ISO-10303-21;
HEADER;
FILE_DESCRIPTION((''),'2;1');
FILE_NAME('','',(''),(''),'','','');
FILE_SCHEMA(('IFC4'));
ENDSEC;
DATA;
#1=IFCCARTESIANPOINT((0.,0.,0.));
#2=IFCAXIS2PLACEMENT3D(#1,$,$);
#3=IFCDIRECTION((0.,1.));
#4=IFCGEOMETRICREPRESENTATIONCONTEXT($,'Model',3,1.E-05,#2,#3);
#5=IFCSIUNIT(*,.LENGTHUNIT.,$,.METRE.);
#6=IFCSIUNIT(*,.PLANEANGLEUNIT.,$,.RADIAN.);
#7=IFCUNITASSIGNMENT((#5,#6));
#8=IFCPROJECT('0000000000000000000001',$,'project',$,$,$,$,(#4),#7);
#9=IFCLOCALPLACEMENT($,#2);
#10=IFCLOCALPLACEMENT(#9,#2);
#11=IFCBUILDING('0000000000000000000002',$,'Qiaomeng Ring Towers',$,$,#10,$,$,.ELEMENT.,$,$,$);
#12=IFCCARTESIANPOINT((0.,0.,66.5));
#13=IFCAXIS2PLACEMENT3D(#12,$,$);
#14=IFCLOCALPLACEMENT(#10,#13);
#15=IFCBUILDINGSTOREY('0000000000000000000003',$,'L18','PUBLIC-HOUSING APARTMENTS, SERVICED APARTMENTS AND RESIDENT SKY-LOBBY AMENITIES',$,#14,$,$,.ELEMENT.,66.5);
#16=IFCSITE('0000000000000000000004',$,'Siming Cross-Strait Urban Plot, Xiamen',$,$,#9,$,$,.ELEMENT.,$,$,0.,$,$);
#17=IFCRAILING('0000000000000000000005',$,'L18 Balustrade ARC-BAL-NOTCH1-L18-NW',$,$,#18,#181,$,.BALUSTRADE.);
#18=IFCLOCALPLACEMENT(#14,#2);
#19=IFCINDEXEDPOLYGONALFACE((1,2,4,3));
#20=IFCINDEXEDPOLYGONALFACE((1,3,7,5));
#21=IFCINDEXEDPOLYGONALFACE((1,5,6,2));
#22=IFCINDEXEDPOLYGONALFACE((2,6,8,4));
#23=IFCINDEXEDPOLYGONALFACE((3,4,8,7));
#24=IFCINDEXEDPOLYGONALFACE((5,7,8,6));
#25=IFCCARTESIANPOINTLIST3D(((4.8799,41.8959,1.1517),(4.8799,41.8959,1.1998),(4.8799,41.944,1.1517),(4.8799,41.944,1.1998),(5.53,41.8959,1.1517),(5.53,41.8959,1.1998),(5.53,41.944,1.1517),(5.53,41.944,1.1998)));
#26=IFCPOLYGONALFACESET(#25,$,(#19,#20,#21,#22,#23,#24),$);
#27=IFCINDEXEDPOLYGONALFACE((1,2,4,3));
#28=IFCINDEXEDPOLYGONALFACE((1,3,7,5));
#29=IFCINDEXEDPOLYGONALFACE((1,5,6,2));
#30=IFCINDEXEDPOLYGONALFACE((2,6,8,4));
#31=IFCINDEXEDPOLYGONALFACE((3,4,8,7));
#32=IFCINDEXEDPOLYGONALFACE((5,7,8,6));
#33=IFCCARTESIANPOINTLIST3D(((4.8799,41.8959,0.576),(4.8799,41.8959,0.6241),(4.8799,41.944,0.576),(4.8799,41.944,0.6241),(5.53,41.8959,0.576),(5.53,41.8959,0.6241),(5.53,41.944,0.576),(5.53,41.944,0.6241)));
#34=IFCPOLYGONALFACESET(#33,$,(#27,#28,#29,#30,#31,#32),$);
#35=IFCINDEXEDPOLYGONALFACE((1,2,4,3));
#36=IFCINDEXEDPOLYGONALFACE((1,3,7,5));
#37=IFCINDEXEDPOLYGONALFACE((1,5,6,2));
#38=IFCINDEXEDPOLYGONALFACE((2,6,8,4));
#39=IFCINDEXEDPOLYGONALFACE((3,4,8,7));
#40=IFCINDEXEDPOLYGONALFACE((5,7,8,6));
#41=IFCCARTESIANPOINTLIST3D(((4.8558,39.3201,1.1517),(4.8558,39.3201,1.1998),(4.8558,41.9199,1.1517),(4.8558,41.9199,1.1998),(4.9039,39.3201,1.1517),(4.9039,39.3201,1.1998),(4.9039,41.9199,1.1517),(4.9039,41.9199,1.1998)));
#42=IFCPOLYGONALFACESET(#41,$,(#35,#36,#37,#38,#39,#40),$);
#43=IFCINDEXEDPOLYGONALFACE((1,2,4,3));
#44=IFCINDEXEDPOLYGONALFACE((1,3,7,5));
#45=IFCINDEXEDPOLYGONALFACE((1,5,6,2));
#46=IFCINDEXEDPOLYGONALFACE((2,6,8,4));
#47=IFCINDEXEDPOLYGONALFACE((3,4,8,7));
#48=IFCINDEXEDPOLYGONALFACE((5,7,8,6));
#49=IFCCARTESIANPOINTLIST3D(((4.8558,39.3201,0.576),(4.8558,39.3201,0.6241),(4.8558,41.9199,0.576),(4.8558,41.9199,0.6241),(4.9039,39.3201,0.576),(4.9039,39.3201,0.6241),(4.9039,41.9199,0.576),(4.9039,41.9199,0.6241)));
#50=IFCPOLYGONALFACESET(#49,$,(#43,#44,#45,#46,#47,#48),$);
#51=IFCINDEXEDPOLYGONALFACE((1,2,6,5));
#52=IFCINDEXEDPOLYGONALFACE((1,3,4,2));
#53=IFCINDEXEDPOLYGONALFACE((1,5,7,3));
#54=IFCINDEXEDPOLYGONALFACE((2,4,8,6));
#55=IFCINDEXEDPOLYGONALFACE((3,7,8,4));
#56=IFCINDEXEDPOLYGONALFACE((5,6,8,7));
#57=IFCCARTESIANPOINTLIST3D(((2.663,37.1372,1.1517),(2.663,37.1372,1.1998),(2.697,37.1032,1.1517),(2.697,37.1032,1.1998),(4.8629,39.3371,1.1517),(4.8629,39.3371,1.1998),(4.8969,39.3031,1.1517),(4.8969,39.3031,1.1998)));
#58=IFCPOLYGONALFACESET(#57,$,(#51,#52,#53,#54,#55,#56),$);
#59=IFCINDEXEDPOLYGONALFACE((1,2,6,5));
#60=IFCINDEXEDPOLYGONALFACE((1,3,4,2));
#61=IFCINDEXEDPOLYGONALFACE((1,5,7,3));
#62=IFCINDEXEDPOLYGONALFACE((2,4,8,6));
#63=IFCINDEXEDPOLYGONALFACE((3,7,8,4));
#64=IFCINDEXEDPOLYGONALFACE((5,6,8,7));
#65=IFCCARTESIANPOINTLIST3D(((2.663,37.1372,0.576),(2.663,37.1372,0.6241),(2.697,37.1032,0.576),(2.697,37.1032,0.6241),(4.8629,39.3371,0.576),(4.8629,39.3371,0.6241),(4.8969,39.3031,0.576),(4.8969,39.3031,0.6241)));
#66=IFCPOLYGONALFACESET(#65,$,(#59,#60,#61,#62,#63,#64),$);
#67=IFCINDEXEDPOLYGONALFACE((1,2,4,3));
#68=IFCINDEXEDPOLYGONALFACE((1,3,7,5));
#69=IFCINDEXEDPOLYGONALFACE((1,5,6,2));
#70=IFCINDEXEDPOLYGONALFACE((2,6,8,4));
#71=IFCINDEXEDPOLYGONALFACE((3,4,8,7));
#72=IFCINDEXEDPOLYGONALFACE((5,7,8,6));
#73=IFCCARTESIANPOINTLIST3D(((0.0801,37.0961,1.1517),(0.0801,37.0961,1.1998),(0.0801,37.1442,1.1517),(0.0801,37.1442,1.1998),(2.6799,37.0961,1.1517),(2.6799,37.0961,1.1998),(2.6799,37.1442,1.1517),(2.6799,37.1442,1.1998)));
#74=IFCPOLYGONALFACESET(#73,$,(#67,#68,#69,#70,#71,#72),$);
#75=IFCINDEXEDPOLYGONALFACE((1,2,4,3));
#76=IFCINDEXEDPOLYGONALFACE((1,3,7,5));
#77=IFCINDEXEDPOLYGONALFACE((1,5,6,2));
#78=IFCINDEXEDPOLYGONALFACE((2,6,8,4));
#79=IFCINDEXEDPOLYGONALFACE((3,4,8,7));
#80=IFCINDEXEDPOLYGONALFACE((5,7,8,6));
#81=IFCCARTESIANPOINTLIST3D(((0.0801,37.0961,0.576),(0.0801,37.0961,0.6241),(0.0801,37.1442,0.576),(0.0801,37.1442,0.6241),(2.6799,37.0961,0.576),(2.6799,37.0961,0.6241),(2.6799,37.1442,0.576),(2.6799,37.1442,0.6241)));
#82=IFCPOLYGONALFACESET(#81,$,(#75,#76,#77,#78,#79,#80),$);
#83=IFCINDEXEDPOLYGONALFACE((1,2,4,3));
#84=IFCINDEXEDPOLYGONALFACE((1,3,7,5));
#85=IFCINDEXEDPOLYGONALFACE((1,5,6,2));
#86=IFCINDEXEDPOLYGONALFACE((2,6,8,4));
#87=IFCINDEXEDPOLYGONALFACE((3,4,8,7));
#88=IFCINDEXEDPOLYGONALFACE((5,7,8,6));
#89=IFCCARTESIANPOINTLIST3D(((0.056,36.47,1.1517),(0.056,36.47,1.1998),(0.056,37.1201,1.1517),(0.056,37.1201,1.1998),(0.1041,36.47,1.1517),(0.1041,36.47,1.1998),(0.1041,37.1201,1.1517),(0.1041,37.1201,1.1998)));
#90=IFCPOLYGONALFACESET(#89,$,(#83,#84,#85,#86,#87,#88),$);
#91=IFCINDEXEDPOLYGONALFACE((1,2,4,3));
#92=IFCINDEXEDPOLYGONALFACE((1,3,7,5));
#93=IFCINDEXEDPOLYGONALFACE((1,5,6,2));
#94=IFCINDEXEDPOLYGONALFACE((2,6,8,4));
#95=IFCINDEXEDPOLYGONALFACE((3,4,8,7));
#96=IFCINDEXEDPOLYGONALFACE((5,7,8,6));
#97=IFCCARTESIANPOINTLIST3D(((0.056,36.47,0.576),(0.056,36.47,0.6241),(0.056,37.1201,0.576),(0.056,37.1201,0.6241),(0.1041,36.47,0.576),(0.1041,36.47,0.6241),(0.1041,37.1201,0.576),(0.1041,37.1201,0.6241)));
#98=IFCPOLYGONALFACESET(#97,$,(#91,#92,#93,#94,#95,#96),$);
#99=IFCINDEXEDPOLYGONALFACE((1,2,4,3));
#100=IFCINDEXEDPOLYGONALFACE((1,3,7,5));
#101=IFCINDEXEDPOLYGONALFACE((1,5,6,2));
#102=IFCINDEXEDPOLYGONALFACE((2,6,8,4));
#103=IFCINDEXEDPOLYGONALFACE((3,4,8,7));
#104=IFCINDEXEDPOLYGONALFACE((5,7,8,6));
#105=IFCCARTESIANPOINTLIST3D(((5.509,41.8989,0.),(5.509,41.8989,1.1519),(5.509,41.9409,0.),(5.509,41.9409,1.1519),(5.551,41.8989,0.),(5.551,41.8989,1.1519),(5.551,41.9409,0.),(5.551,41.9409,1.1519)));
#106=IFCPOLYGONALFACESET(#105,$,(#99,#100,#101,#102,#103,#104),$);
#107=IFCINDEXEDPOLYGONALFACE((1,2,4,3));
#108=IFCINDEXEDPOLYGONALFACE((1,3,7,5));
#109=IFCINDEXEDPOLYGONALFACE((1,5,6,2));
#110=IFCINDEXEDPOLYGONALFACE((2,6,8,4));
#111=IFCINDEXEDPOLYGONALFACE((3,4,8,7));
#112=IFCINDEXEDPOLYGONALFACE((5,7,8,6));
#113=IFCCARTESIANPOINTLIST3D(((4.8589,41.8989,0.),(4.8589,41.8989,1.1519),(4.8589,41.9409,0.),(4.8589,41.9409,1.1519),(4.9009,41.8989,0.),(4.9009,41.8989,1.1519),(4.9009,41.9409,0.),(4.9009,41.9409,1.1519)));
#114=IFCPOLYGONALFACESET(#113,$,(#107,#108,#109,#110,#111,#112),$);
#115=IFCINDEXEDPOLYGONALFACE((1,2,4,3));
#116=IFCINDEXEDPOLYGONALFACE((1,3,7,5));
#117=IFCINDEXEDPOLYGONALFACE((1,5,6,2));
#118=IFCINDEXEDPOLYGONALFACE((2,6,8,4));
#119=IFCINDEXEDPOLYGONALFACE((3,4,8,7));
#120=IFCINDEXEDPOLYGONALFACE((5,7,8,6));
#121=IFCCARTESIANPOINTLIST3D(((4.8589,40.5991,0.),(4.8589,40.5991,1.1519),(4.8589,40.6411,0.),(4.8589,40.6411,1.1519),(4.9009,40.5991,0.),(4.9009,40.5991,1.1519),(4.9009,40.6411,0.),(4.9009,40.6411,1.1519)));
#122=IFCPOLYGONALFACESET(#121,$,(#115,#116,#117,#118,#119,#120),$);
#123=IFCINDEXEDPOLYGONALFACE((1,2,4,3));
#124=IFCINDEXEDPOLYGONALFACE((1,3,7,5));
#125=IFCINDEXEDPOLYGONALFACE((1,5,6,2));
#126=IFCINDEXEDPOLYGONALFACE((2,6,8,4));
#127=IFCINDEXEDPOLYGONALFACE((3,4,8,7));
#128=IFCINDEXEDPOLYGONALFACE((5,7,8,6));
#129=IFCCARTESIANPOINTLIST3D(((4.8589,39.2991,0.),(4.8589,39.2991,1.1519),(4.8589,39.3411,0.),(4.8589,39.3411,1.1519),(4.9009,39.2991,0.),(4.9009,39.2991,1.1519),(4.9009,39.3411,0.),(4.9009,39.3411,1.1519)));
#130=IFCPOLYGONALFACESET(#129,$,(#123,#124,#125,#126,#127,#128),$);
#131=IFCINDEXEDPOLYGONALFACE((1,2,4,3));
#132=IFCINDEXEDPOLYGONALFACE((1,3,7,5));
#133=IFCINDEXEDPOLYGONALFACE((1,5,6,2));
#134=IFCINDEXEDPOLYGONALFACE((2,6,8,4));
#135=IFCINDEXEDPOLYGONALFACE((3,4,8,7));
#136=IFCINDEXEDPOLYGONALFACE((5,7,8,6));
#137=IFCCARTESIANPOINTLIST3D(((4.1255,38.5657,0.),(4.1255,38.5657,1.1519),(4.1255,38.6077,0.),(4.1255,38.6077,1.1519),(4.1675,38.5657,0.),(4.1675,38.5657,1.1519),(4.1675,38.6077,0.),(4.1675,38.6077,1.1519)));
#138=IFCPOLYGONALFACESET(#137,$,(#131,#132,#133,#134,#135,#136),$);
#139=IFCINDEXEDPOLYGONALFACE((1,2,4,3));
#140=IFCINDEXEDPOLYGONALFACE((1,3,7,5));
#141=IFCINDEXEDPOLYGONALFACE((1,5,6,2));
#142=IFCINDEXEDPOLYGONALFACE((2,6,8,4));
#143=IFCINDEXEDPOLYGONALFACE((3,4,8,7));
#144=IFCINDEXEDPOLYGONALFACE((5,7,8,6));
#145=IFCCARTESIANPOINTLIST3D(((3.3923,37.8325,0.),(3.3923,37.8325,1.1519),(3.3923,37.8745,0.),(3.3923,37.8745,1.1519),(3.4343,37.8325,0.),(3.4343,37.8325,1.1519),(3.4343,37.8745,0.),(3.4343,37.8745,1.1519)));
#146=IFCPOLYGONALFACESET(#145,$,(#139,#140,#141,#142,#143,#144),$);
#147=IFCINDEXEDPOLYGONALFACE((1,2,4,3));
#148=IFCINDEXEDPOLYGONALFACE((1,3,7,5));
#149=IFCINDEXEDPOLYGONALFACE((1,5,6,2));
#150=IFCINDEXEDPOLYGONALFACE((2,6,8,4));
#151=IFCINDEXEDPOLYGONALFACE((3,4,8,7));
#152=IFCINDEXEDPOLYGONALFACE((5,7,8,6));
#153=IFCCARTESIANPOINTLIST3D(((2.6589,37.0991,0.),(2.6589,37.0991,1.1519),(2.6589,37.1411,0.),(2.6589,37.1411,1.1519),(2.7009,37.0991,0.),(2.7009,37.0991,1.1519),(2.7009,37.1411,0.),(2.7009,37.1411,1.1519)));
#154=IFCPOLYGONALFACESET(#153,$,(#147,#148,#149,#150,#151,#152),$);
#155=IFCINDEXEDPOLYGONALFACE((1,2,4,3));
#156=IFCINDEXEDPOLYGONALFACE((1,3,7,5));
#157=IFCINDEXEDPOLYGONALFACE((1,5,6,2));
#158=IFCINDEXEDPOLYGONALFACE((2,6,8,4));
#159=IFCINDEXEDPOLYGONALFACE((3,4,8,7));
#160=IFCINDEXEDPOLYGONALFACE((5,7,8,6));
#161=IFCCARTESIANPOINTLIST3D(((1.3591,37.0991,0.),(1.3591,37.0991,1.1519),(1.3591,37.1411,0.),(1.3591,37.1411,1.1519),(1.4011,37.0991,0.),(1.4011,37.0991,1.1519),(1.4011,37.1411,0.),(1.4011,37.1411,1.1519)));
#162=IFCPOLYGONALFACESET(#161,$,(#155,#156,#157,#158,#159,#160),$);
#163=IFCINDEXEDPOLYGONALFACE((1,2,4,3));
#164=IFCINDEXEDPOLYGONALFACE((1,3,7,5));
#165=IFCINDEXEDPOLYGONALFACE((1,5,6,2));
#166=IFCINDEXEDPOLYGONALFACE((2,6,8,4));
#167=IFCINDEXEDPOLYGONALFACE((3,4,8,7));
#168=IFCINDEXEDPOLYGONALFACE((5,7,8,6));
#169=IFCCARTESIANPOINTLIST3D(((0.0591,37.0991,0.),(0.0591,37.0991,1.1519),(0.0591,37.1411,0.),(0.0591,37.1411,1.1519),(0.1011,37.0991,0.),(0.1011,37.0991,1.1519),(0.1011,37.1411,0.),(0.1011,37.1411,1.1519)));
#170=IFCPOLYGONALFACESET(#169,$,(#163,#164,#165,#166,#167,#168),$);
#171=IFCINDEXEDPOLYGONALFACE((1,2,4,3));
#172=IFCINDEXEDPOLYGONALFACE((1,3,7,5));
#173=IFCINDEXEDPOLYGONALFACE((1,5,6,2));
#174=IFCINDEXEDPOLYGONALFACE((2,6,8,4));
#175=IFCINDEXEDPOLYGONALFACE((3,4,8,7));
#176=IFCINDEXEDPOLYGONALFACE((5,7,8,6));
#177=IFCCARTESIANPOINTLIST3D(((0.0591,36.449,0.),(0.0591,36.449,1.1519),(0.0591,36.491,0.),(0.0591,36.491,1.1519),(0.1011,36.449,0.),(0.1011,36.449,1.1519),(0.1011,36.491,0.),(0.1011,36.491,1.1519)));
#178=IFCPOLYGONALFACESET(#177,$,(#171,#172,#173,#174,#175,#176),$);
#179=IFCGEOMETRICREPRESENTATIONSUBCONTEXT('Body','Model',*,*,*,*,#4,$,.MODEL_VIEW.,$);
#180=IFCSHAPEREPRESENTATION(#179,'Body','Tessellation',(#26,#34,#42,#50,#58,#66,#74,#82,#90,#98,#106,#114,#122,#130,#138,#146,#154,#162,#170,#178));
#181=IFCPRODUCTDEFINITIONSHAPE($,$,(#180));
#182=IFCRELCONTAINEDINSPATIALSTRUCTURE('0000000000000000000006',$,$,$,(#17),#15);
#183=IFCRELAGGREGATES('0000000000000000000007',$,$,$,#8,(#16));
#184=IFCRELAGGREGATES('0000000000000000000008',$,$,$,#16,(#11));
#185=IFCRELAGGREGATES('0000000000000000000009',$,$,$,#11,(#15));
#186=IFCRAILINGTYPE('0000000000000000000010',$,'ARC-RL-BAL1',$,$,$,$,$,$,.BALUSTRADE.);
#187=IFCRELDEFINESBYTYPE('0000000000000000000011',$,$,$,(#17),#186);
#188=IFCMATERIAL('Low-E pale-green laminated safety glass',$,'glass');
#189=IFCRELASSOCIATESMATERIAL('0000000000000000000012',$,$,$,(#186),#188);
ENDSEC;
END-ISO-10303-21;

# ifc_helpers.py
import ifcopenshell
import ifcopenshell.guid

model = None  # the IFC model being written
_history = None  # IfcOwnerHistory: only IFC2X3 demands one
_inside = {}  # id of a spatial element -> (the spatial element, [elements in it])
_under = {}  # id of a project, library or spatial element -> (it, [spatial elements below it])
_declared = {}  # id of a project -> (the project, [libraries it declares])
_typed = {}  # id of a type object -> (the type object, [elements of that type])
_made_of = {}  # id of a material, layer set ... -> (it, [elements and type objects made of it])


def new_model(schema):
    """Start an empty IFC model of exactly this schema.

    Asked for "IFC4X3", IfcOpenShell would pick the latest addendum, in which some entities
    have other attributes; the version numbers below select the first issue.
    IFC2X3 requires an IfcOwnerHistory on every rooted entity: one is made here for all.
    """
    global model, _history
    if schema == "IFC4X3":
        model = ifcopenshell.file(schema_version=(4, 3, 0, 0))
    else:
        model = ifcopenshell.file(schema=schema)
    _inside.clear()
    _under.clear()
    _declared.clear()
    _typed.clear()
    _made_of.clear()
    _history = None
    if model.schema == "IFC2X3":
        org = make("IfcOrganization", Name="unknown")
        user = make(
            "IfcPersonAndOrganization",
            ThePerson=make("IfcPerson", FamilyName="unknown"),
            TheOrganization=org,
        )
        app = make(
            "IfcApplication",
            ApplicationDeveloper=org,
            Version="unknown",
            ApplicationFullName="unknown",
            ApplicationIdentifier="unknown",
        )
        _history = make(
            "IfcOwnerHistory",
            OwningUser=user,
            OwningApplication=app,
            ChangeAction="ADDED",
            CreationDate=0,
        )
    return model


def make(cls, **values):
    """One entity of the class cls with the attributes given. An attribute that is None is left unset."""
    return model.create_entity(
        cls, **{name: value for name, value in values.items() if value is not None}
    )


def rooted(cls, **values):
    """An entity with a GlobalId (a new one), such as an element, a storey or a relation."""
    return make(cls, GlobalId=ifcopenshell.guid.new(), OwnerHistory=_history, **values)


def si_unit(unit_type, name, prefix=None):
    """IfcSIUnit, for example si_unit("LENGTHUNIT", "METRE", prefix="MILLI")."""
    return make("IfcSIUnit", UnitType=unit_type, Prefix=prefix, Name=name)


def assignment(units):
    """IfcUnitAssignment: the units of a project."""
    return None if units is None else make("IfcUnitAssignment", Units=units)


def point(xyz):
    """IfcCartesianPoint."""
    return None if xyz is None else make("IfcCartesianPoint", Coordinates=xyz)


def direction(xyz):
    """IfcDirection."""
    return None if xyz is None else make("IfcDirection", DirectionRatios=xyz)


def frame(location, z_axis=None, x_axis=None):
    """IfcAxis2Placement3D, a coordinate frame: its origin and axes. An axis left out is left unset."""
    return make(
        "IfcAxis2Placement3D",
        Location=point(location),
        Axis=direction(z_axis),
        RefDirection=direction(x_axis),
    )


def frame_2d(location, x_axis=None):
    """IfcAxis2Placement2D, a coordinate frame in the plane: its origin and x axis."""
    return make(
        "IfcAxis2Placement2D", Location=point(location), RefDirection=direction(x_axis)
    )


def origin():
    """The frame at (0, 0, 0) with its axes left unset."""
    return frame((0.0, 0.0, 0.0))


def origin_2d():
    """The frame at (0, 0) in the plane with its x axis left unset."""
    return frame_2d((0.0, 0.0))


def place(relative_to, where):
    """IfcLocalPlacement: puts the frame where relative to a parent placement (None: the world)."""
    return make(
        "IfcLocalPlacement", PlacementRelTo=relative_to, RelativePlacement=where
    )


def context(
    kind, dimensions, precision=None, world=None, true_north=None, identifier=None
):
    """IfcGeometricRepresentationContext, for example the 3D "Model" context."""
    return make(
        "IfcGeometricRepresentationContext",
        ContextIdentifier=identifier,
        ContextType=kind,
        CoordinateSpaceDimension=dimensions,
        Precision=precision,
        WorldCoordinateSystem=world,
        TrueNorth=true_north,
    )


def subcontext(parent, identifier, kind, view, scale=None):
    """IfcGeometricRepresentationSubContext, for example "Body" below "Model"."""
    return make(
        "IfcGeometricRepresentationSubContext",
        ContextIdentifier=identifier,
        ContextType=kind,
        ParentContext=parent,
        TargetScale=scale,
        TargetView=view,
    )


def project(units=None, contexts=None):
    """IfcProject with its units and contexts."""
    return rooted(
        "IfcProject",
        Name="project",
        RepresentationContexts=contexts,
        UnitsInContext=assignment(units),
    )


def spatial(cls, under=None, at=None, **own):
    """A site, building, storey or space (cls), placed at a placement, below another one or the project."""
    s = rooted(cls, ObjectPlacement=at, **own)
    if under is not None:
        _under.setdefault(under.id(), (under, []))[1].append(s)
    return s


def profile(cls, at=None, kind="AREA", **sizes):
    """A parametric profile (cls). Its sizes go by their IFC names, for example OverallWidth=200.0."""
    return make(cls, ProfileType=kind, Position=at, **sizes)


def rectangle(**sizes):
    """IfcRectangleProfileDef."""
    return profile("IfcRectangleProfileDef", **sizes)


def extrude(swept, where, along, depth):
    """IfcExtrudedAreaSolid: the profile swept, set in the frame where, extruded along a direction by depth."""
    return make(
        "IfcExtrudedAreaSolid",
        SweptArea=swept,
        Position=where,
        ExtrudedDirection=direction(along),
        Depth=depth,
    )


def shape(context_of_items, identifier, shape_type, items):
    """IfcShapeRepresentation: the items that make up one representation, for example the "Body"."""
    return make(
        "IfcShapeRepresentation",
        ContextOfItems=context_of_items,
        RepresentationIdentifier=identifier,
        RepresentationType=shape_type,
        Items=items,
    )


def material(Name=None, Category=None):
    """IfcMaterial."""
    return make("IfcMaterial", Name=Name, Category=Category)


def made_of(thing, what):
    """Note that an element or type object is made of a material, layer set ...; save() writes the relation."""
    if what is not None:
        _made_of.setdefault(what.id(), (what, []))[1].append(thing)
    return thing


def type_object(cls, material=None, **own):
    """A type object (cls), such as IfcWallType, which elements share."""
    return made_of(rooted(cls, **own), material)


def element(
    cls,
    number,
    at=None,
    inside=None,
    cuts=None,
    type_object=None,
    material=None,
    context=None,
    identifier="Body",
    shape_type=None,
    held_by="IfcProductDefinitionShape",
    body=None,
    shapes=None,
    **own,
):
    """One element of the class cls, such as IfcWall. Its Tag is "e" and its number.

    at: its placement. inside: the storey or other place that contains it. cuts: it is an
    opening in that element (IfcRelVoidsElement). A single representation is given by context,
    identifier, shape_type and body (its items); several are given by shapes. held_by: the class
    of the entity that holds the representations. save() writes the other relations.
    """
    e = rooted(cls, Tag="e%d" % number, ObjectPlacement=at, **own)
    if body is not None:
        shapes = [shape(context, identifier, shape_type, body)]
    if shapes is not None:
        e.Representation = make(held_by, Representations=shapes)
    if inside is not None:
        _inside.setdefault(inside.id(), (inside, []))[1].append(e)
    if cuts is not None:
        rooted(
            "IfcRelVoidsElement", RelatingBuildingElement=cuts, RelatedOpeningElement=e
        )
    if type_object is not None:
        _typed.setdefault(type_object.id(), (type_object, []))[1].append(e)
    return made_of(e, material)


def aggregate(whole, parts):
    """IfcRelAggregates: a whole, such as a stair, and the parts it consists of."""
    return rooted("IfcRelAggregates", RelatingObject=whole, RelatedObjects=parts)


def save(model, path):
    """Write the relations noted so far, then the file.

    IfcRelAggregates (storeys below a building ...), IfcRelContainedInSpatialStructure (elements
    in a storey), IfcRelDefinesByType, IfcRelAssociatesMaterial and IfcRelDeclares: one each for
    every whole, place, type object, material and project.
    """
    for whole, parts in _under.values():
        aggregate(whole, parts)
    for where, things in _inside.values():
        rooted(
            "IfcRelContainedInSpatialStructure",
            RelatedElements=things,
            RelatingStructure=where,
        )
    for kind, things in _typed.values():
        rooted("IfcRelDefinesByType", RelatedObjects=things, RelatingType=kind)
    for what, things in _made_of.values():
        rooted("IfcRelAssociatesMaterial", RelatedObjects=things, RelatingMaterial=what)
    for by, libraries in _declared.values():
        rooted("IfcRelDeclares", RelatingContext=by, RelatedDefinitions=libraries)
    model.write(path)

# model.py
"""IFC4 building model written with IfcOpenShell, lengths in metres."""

from ifc_helpers import new_model, si_unit, direction, frame, origin, origin_2d, place, context, subcontext, project, spatial, rectangle, extrude, material, type_object, element, save


model = new_model("IFC4")

# Units and contexts
model_context = context("Model", 3, precision=1e-05, world=origin(), true_north=direction((0.0, 1.0)))
body_context = subcontext(model_context, "Body", "Model", "MODEL_VIEW")
ifc_project = project(units=[si_unit("LENGTHUNIT", "METRE"), si_unit("PLANEANGLEUNIT", "RADIAN")], contexts=[model_context])

# Site, building, storey
site_placement = place(None, origin())
site = spatial("IfcSite", under=ifc_project, at=site_placement, Name="Siming Cross-Strait Urban Plot, Xiamen", CompositionType="ELEMENT", RefElevation=0.0)
building_placement = place(site_placement, origin())
building = spatial("IfcBuilding", under=site, at=building_placement, Name="Qiaomeng Ring Towers", CompositionType="ELEMENT")
storey_placement = place(building_placement, frame((0.0, 0.0, 66.5)))
storey = spatial("IfcBuildingStorey", under=building, at=storey_placement, Name="L18", Description="PUBLIC-HOUSING APARTMENTS, SERVICED APARTMENTS AND RESIDENT SKY-LOBBY AMENITIES", CompositionType="ELEMENT", Elevation=66.5)

# Railing
ifc_material_1 = material(Name="Low-E pale-green laminated safety glass", Category="glass")
railing_type = type_object("IfcRailingType", Name="ARC-RL-BAL1", PredefinedType="BALUSTRADE", material=ifc_material_1)
railing_placement = place(storey_placement, frame((5.53, 41.9199, 0.0)))
element("IfcRailing", 1, at=railing_placement, inside=storey, type_object=railing_type, Name="L18 Balustrade ARC-BAL-NOTCH1-L18-NW", PredefinedType="BALUSTRADE", context=body_context, shape_type="SweptSolid", body=[
    extrude(rectangle(XDim=0.0481, YDim=0.0481, at=origin_2d()), frame((0.0, 0.0, 1.1758), z_axis=(-1.0, 0.0, 0.0), x_axis=(0.0, -1.0, 0.0)), (0.0, 0.0, 1.0), 0.6501),
    extrude(rectangle(XDim=0.0481, YDim=0.0481, at=origin_2d()), frame((0.0, 0.0, 0.6001), z_axis=(-1.0, 0.0, 0.0), x_axis=(0.0, -1.0, 0.0)), (0.0, 0.0, 1.0), 0.6501),
    extrude(rectangle(XDim=0.0481, YDim=0.0481, at=origin_2d()), frame((-0.6501, 0.0, 1.1758), z_axis=(0.0, -1.0, 0.0), x_axis=(1.0, 0.0, 0.0)), (0.0, 0.0, 1.0), 2.5999),
    extrude(rectangle(XDim=0.0481, YDim=0.0481, at=origin_2d()), frame((-0.6501, 0.0, 0.6001), z_axis=(0.0, -1.0, 0.0), x_axis=(1.0, 0.0, 0.0)), (0.0, 0.0, 1.0), 2.5999),
    extrude(rectangle(XDim=0.0481, YDim=0.0481, at=origin_2d()), frame((-0.6501, -2.5999, 1.1758), z_axis=(-0.707107, -0.707107, 0.0), x_axis=(0.707107, -0.707107, 0.0)), (0.0, 0.0, 1.0), 3.1111),
    extrude(rectangle(XDim=0.0481, YDim=0.0481, at=origin_2d()), frame((-0.6501, -2.5999, 0.6001), z_axis=(-0.707107, -0.707107, 0.0), x_axis=(0.707107, -0.707107, 0.0)), (0.0, 0.0, 1.0), 3.1111),
    extrude(rectangle(XDim=0.0481, YDim=0.0481, at=origin_2d()), frame((-2.8501, -4.7998, 1.1758), z_axis=(-1.0, 0.0, 0.0), x_axis=(0.0, -1.0, 0.0)), (0.0, 0.0, 1.0), 2.5999),
    extrude(rectangle(XDim=0.0481, YDim=0.0481, at=origin_2d()), frame((-2.8501, -4.7998, 0.6001), z_axis=(-1.0, 0.0, 0.0), x_axis=(0.0, -1.0, 0.0)), (0.0, 0.0, 1.0), 2.5999),
    extrude(rectangle(XDim=0.0481, YDim=0.0481, at=origin_2d()), frame((-5.45, -4.7998, 1.1758), z_axis=(0.0, -1.0, 0.0), x_axis=(1.0, 0.0, 0.0)), (0.0, 0.0, 1.0), 0.6501),
    extrude(rectangle(XDim=0.0481, YDim=0.0481, at=origin_2d()), frame((-5.45, -4.7998, 0.6001), z_axis=(0.0, -1.0, 0.0), x_axis=(1.0, 0.0, 0.0)), (0.0, 0.0, 1.0), 0.6501),
    extrude(rectangle(XDim=0.042, YDim=0.042, at=origin_2d()), origin(), (0.0, 0.0, 1.0), 1.1519),
    extrude(rectangle(XDim=0.042, YDim=0.042, at=origin_2d()), frame((-0.6501, 0.0, 0.0)), (0.0, 0.0, 1.0), 1.1519),
    extrude(rectangle(XDim=0.042, YDim=0.042, at=origin_2d()), frame((-0.6501, -1.2998, 0.0)), (0.0, 0.0, 1.0), 1.1519),
    extrude(rectangle(XDim=0.042, YDim=0.042, at=origin_2d()), frame((-0.6501, -2.5999, 0.0)), (0.0, 0.0, 1.0), 1.1519),
    extrude(rectangle(XDim=0.042, YDim=0.042, at=origin_2d()), frame((-1.3835, -3.3333, 0.0)), (0.0, 0.0, 1.0), 1.1519),
    extrude(rectangle(XDim=0.042, YDim=0.042, at=origin_2d()), frame((-2.1167, -4.0664, 0.0)), (0.0, 0.0, 1.0), 1.1519),
    extrude(rectangle(XDim=0.042, YDim=0.042, at=origin_2d()), frame((-2.8501, -4.7998, 0.0)), (0.0, 0.0, 1.0), 1.1519),
    extrude(rectangle(XDim=0.042, YDim=0.042, at=origin_2d()), frame((-4.1499, -4.7998, 0.0)), (0.0, 0.0, 1.0), 1.1519),
    extrude(rectangle(XDim=0.042, YDim=0.042, at=origin_2d()), frame((-5.45, -4.7998, 0.0)), (0.0, 0.0, 1.0), 1.1519),
    extrude(rectangle(XDim=0.042, YDim=0.042, at=origin_2d()), frame((-5.45, -5.45, 0.0)), (0.0, 0.0, 1.0), 1.1519),
])

save(model, "model.ifc")
